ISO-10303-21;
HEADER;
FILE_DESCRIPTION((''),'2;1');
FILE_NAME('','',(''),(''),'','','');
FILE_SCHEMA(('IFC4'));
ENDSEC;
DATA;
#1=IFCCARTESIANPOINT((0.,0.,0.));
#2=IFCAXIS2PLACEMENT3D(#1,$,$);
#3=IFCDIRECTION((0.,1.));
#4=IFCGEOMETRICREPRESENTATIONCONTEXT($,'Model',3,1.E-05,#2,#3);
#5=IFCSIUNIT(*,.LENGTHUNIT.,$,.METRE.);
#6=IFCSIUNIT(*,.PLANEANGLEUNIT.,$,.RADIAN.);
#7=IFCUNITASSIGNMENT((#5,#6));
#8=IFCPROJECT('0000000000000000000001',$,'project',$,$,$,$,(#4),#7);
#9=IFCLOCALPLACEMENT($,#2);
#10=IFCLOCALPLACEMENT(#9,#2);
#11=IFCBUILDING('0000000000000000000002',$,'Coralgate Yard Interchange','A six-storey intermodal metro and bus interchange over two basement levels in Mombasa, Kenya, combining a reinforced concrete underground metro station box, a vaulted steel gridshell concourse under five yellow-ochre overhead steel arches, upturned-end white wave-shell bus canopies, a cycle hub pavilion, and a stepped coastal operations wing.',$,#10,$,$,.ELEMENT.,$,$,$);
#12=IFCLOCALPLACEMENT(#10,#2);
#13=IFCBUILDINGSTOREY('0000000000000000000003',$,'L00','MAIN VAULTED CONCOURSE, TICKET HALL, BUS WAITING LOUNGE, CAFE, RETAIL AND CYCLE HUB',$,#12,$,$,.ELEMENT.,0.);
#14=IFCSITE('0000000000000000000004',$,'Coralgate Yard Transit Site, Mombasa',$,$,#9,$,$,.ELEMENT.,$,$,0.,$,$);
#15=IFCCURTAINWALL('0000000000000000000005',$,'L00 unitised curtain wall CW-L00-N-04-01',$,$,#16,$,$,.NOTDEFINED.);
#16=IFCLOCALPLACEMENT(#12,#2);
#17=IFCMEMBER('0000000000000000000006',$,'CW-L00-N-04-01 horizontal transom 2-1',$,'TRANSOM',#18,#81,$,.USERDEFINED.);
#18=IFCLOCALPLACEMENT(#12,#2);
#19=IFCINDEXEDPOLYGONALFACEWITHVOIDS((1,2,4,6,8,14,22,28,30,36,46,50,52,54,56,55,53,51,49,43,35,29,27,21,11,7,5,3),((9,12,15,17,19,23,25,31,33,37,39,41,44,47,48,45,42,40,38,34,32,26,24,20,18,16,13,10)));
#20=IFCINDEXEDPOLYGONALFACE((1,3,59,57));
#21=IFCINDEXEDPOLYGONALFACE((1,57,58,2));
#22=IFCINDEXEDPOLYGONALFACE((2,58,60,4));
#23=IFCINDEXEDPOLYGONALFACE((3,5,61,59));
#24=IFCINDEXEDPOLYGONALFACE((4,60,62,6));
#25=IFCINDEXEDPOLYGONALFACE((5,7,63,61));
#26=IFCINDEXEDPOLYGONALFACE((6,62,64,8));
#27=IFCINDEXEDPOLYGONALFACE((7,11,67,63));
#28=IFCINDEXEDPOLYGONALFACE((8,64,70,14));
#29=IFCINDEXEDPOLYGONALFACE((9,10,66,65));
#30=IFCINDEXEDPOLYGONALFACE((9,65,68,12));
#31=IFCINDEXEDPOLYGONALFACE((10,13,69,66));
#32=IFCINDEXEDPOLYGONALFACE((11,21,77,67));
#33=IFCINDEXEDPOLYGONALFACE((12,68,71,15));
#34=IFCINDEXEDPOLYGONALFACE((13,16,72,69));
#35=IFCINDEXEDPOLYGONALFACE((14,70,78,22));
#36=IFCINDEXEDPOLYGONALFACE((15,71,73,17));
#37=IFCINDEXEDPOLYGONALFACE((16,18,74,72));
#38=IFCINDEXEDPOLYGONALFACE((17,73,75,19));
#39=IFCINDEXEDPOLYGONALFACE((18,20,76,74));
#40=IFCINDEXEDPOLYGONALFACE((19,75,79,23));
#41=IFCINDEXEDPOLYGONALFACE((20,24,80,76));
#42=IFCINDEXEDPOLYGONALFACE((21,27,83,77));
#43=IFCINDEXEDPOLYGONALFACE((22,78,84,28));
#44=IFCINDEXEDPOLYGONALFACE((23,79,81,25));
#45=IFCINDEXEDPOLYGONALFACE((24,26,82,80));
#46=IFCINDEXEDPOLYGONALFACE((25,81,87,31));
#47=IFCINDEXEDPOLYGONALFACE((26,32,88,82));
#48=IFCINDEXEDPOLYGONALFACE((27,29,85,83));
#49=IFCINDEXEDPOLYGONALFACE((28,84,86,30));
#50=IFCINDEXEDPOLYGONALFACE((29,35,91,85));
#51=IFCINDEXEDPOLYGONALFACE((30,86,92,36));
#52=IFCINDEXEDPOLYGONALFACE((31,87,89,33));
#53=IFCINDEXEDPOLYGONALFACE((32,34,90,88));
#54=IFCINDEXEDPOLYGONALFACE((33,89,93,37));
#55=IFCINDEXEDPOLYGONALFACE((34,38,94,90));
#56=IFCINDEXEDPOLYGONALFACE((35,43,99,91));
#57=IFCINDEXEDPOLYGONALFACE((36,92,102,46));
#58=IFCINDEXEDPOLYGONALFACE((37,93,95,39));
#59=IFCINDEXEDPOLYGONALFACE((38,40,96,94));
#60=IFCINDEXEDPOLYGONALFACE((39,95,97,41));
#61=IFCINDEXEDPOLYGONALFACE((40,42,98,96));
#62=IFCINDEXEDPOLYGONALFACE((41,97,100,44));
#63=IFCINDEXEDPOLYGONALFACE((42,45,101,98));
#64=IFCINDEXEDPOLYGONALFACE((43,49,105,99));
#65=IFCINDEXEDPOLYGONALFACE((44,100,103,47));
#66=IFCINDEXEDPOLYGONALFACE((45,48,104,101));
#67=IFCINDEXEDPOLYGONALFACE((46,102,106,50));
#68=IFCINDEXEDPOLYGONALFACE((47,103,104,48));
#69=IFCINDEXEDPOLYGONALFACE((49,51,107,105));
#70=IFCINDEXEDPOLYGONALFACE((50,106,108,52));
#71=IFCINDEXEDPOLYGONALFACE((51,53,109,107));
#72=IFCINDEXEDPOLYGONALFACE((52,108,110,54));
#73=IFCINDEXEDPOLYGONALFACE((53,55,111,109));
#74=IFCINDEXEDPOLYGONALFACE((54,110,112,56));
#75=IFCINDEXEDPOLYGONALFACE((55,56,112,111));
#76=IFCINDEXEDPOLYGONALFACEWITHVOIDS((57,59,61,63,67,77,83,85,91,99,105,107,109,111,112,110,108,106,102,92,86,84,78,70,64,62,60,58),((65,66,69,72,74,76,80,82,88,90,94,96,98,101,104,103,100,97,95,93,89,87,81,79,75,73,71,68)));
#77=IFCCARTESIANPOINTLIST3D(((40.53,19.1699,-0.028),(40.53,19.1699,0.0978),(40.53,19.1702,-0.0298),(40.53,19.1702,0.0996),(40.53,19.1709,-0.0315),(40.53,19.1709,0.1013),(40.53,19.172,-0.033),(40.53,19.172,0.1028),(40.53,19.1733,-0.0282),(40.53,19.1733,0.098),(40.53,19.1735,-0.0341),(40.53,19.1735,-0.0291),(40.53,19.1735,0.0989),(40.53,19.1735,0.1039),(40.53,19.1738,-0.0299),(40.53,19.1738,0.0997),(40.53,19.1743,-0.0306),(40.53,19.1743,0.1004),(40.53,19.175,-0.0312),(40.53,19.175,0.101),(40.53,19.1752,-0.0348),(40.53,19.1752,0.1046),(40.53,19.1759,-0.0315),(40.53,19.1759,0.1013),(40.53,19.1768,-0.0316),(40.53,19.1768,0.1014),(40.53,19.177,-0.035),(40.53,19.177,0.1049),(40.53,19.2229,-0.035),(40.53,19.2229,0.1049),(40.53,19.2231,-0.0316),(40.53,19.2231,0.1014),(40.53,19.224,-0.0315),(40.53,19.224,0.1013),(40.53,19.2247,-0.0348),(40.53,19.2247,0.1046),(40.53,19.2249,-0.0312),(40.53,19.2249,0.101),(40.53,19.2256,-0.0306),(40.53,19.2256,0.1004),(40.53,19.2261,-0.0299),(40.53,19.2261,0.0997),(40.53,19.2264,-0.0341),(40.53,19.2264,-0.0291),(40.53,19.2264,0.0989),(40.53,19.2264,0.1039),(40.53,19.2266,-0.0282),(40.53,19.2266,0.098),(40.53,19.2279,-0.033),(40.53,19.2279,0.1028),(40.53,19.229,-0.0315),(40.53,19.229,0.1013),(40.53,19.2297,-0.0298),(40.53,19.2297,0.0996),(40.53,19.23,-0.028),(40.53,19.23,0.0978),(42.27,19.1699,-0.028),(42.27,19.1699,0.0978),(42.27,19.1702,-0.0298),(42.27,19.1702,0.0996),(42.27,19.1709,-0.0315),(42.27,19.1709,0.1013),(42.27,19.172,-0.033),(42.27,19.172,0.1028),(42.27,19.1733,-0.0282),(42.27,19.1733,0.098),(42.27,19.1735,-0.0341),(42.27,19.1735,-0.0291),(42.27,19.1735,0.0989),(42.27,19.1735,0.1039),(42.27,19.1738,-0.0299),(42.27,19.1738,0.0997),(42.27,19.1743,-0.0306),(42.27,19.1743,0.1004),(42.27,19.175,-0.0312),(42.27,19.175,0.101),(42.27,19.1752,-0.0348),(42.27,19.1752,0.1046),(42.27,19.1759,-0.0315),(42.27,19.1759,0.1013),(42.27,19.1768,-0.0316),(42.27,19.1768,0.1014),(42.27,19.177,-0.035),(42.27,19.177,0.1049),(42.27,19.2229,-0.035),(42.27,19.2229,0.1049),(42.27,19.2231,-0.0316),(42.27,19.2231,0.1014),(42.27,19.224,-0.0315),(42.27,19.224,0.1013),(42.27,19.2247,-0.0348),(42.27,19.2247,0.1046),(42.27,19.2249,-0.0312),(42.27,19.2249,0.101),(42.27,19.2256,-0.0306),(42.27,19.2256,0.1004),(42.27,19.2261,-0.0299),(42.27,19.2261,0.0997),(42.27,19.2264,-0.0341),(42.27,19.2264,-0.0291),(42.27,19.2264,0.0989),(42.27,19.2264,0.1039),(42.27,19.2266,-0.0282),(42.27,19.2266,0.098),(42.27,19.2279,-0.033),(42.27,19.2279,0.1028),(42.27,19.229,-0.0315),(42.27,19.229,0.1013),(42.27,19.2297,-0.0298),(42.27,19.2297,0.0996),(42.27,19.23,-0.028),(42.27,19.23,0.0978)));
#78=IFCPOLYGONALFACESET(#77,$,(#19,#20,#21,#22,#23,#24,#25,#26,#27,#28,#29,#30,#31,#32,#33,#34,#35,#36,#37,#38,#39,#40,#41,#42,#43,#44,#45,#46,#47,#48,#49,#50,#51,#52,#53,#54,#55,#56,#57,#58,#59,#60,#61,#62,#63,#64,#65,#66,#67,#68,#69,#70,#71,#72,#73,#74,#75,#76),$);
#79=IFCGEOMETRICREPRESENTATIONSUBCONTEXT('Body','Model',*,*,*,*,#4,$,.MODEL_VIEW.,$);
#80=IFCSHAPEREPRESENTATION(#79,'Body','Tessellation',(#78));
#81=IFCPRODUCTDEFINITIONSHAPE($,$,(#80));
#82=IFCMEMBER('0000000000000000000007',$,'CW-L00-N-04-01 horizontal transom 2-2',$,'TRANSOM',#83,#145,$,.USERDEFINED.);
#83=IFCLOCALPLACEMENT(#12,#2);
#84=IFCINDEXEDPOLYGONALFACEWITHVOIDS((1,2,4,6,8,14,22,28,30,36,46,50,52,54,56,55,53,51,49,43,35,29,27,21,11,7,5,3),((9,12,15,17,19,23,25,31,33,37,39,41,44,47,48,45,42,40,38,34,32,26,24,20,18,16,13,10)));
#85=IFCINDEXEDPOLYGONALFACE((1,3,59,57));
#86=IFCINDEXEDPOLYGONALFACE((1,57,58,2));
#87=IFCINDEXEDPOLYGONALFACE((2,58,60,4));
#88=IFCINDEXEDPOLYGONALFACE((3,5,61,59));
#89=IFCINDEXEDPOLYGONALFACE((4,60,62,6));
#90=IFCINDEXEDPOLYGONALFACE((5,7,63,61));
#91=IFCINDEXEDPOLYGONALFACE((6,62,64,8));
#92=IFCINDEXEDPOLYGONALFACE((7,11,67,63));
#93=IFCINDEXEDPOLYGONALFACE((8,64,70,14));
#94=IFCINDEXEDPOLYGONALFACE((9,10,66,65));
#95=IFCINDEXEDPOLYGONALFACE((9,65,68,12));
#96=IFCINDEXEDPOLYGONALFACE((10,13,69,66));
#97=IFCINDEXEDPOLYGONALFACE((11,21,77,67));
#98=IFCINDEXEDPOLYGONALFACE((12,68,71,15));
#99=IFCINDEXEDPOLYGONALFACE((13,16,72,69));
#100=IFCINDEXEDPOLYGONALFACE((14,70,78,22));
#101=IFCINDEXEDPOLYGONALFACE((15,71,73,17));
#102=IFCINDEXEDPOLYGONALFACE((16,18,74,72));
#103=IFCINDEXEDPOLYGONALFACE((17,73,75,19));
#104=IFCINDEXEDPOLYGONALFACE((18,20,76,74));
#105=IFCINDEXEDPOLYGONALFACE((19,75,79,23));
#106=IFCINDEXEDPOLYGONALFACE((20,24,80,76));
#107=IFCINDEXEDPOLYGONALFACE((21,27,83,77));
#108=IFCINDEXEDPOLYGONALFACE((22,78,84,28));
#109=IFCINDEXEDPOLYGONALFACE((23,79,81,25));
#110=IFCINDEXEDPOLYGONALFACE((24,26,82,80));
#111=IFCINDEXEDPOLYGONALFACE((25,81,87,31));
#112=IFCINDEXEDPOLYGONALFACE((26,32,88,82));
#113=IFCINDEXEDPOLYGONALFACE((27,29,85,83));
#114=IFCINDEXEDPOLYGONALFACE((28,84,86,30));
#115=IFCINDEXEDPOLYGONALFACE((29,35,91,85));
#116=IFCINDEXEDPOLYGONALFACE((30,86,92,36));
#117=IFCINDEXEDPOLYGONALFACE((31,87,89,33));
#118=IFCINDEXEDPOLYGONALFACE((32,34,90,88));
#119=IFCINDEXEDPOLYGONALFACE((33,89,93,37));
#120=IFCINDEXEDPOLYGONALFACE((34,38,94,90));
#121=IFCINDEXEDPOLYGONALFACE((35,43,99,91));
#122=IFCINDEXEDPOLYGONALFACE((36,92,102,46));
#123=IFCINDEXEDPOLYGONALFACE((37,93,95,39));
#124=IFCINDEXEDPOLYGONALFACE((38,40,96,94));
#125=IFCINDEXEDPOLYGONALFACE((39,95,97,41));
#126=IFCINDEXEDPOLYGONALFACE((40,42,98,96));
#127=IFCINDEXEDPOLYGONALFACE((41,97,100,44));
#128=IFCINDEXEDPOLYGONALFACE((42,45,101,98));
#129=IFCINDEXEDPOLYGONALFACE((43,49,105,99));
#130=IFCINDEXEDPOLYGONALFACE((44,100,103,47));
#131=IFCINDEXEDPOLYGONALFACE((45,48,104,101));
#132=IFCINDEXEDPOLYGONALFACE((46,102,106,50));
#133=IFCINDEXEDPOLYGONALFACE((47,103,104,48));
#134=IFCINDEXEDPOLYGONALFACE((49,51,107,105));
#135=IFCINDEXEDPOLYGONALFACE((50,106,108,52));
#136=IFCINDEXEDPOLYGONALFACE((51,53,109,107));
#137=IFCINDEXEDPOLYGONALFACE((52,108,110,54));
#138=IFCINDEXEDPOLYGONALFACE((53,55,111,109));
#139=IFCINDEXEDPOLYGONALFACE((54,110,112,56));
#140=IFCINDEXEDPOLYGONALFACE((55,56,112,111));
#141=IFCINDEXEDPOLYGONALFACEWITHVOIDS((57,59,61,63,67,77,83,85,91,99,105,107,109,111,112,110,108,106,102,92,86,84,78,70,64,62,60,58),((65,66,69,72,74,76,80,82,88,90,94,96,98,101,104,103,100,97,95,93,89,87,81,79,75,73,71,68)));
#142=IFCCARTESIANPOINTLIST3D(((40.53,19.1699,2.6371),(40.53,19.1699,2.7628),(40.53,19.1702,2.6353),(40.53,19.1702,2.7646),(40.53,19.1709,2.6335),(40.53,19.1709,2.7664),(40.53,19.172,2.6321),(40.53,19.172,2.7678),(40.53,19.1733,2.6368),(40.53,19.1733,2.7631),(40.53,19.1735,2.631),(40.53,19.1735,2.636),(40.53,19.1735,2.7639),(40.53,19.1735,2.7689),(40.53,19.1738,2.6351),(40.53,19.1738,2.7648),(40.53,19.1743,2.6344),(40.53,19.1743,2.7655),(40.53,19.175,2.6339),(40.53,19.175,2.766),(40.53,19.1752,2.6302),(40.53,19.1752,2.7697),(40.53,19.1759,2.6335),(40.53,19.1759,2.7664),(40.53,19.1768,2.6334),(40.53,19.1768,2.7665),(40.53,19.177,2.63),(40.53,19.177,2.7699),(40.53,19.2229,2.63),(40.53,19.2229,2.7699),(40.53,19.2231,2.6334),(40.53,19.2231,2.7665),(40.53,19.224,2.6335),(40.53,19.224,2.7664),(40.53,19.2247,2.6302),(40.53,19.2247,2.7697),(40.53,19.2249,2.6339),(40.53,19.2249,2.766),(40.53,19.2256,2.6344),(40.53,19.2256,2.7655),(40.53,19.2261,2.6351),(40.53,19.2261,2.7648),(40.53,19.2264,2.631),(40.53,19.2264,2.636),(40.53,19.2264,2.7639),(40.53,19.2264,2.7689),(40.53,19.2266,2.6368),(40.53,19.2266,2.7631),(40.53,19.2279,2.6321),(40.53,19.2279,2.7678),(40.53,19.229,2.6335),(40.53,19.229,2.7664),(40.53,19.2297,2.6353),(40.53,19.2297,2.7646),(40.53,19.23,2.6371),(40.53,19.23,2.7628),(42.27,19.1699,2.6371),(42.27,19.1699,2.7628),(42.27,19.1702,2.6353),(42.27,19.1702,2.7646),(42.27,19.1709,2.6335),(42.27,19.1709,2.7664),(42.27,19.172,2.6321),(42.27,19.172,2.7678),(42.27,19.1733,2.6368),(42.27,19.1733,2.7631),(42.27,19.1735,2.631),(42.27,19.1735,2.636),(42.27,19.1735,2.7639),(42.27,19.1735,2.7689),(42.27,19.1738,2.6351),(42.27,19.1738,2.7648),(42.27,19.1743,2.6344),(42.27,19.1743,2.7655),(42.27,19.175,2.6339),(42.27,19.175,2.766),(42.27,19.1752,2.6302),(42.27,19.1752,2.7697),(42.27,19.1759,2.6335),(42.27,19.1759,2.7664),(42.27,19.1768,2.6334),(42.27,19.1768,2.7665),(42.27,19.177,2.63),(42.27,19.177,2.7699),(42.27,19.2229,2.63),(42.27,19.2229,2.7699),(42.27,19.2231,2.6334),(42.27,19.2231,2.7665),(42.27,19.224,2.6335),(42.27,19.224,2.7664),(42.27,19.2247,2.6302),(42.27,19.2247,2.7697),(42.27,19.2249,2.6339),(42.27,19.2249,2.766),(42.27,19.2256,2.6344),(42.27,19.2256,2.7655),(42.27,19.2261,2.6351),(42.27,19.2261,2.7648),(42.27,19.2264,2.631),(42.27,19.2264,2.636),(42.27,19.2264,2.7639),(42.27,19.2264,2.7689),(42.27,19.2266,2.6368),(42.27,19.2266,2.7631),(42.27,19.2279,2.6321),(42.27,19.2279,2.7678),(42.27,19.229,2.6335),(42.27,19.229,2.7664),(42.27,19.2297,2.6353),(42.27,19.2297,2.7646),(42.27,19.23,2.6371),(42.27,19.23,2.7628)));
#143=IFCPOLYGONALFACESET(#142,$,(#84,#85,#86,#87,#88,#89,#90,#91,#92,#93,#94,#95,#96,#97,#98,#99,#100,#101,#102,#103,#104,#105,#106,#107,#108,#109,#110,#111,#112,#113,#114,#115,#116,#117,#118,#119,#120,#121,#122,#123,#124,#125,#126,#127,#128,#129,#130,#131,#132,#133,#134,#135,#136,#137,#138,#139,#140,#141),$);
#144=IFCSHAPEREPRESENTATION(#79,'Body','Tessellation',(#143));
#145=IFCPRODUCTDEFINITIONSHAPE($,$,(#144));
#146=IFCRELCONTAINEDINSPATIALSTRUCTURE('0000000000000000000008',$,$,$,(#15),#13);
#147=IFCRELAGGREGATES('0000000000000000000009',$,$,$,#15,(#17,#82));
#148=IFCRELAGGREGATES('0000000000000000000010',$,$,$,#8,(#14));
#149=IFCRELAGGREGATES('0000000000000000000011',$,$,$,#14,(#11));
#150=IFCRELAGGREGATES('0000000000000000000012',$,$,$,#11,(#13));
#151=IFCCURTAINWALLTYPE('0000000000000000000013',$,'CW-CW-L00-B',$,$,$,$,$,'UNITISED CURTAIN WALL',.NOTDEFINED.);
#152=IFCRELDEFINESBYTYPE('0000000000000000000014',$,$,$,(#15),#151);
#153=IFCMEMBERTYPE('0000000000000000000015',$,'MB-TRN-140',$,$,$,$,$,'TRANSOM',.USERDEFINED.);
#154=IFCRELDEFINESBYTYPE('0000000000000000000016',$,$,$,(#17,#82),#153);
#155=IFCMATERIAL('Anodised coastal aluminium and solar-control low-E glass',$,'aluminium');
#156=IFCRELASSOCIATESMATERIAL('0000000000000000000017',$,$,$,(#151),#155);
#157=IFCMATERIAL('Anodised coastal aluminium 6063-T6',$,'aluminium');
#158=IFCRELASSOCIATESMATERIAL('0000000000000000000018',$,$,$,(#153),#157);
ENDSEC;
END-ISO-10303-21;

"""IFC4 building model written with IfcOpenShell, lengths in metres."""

from ifc_helpers import new_model, si_unit, direction, frame, origin, origin_2d, place, context, subcontext, project, spatial, hollow_rectangle, extrude, material, material_profile, profile_set, type_object, element, aggregate, save


model = new_model("IFC4")

# Units and contexts
model_context = context("Model", 3, precision=1e-05, world=origin(), true_north=direction((0.0, 1.0)))
body_context = subcontext(model_context, "Body", "Model", "MODEL_VIEW")
ifc_project = project(units=[si_unit("LENGTHUNIT", "METRE"), si_unit("PLANEANGLEUNIT", "RADIAN")], contexts=[model_context])

# Site, building, storey
site_placement = place(None, origin())
site = spatial("IfcSite", under=ifc_project, at=site_placement, Name="Coralgate Yard Transit Site, Mombasa", CompositionType="ELEMENT", RefElevation=0.0)
building_placement = place(site_placement, origin())
building = spatial("IfcBuilding", under=site, at=building_placement, Name="Coralgate Yard Interchange", Description="A six-storey intermodal metro and bus interchange over two basement levels in Mombasa, Kenya, combining a reinforced concrete underground metro station box, a vaulted steel gridshell concourse under five yellow-ochre overhead steel arches, upturned-end white wave-shell bus canopies, a cycle hub pavilion, and a stepped coastal operations wing.", CompositionType="ELEMENT")
storey_placement = place(building_placement, origin())
storey = spatial("IfcBuildingStorey", under=building, at=storey_placement, Name="L00", Description="MAIN VAULTED CONCOURSE, TICKET HALL, BUS WAITING LOUNGE, CAFE, RETAIL AND CYCLE HUB", CompositionType="ELEMENT", Elevation=0.0)

# Curtain wall, members
ifc_material_1 = material(Name="Anodised coastal aluminium and solar-control low-E glass", Category="aluminium")
curtain_wall_type = type_object("IfcCurtainWallType", Name="CW-CW-L00-B", ElementType="UNITISED CURTAIN WALL", PredefinedType="NOTDEFINED", material=ifc_material_1)
curtain_wall_placement = place(storey_placement, origin())
curtain_wall = element("IfcCurtainWall", 1, at=curtain_wall_placement, inside=storey, type_object=curtain_wall_type, Name="L00 unitised curtain wall CW-L00-N-04-01", PredefinedType="NOTDEFINED")
ifc_material_2 = material(Name="Anodised coastal aluminium 6063-T6", Category="aluminium")
ifc_material_profile_1 = material_profile(ifc_material_2, hollow_rectangle(XDim=0.0601, YDim=0.1399, WallThickness=0.0034, InnerFilletRadius=0.0034, OuterFilletRadius=0.0071, at=origin_2d()), Name="ALU 60x140x3.5")
ifc_profile_set_1 = profile_set([ifc_material_profile_1], Name="Anodised coastal aluminium 6063-T6")
member_type_1 = type_object("IfcMemberType", Name="MB-TRN-140", ElementType="TRANSOM", PredefinedType="USERDEFINED", material=ifc_profile_set_1)
member_1_placement = place(storey_placement, frame((40.53, 19.2, 0.0349), z_axis=(1.0, 0.0, 0.0), x_axis=(0.0, 1.0, 0.0)))
member_1 = element("IfcMember", 2, at=member_1_placement, type_object=member_type_1, Name="CW-L00-N-04-01 horizontal transom 2-1", ObjectType="TRANSOM", PredefinedType="USERDEFINED", context=body_context, shape_type="SweptSolid", body=[
    extrude(hollow_rectangle(XDim=0.0601, YDim=0.1399, WallThickness=0.0034, InnerFilletRadius=0.0034, OuterFilletRadius=0.0071, at=origin_2d()), origin(), (0.0, 0.0, 1.0), 1.74),
])
member_2_placement = place(storey_placement, frame((40.53, 19.2, 2.7), z_axis=(1.0, 0.0, 0.0), x_axis=(0.0, 1.0, 0.0)))
member_2 = element("IfcMember", 3, at=member_2_placement, type_object=member_type_1, Name="CW-L00-N-04-01 horizontal transom 2-2", ObjectType="TRANSOM", PredefinedType="USERDEFINED", context=body_context, shape_type="SweptSolid", body=[
    extrude(hollow_rectangle(XDim=0.0601, YDim=0.1399, WallThickness=0.0034, InnerFilletRadius=0.0034, OuterFilletRadius=0.0071, at=origin_2d()), origin(), (0.0, 0.0, 1.0), 1.74),
])
aggregate(curtain_wall, [member_1, member_2])

save(model, "model.ifc")
